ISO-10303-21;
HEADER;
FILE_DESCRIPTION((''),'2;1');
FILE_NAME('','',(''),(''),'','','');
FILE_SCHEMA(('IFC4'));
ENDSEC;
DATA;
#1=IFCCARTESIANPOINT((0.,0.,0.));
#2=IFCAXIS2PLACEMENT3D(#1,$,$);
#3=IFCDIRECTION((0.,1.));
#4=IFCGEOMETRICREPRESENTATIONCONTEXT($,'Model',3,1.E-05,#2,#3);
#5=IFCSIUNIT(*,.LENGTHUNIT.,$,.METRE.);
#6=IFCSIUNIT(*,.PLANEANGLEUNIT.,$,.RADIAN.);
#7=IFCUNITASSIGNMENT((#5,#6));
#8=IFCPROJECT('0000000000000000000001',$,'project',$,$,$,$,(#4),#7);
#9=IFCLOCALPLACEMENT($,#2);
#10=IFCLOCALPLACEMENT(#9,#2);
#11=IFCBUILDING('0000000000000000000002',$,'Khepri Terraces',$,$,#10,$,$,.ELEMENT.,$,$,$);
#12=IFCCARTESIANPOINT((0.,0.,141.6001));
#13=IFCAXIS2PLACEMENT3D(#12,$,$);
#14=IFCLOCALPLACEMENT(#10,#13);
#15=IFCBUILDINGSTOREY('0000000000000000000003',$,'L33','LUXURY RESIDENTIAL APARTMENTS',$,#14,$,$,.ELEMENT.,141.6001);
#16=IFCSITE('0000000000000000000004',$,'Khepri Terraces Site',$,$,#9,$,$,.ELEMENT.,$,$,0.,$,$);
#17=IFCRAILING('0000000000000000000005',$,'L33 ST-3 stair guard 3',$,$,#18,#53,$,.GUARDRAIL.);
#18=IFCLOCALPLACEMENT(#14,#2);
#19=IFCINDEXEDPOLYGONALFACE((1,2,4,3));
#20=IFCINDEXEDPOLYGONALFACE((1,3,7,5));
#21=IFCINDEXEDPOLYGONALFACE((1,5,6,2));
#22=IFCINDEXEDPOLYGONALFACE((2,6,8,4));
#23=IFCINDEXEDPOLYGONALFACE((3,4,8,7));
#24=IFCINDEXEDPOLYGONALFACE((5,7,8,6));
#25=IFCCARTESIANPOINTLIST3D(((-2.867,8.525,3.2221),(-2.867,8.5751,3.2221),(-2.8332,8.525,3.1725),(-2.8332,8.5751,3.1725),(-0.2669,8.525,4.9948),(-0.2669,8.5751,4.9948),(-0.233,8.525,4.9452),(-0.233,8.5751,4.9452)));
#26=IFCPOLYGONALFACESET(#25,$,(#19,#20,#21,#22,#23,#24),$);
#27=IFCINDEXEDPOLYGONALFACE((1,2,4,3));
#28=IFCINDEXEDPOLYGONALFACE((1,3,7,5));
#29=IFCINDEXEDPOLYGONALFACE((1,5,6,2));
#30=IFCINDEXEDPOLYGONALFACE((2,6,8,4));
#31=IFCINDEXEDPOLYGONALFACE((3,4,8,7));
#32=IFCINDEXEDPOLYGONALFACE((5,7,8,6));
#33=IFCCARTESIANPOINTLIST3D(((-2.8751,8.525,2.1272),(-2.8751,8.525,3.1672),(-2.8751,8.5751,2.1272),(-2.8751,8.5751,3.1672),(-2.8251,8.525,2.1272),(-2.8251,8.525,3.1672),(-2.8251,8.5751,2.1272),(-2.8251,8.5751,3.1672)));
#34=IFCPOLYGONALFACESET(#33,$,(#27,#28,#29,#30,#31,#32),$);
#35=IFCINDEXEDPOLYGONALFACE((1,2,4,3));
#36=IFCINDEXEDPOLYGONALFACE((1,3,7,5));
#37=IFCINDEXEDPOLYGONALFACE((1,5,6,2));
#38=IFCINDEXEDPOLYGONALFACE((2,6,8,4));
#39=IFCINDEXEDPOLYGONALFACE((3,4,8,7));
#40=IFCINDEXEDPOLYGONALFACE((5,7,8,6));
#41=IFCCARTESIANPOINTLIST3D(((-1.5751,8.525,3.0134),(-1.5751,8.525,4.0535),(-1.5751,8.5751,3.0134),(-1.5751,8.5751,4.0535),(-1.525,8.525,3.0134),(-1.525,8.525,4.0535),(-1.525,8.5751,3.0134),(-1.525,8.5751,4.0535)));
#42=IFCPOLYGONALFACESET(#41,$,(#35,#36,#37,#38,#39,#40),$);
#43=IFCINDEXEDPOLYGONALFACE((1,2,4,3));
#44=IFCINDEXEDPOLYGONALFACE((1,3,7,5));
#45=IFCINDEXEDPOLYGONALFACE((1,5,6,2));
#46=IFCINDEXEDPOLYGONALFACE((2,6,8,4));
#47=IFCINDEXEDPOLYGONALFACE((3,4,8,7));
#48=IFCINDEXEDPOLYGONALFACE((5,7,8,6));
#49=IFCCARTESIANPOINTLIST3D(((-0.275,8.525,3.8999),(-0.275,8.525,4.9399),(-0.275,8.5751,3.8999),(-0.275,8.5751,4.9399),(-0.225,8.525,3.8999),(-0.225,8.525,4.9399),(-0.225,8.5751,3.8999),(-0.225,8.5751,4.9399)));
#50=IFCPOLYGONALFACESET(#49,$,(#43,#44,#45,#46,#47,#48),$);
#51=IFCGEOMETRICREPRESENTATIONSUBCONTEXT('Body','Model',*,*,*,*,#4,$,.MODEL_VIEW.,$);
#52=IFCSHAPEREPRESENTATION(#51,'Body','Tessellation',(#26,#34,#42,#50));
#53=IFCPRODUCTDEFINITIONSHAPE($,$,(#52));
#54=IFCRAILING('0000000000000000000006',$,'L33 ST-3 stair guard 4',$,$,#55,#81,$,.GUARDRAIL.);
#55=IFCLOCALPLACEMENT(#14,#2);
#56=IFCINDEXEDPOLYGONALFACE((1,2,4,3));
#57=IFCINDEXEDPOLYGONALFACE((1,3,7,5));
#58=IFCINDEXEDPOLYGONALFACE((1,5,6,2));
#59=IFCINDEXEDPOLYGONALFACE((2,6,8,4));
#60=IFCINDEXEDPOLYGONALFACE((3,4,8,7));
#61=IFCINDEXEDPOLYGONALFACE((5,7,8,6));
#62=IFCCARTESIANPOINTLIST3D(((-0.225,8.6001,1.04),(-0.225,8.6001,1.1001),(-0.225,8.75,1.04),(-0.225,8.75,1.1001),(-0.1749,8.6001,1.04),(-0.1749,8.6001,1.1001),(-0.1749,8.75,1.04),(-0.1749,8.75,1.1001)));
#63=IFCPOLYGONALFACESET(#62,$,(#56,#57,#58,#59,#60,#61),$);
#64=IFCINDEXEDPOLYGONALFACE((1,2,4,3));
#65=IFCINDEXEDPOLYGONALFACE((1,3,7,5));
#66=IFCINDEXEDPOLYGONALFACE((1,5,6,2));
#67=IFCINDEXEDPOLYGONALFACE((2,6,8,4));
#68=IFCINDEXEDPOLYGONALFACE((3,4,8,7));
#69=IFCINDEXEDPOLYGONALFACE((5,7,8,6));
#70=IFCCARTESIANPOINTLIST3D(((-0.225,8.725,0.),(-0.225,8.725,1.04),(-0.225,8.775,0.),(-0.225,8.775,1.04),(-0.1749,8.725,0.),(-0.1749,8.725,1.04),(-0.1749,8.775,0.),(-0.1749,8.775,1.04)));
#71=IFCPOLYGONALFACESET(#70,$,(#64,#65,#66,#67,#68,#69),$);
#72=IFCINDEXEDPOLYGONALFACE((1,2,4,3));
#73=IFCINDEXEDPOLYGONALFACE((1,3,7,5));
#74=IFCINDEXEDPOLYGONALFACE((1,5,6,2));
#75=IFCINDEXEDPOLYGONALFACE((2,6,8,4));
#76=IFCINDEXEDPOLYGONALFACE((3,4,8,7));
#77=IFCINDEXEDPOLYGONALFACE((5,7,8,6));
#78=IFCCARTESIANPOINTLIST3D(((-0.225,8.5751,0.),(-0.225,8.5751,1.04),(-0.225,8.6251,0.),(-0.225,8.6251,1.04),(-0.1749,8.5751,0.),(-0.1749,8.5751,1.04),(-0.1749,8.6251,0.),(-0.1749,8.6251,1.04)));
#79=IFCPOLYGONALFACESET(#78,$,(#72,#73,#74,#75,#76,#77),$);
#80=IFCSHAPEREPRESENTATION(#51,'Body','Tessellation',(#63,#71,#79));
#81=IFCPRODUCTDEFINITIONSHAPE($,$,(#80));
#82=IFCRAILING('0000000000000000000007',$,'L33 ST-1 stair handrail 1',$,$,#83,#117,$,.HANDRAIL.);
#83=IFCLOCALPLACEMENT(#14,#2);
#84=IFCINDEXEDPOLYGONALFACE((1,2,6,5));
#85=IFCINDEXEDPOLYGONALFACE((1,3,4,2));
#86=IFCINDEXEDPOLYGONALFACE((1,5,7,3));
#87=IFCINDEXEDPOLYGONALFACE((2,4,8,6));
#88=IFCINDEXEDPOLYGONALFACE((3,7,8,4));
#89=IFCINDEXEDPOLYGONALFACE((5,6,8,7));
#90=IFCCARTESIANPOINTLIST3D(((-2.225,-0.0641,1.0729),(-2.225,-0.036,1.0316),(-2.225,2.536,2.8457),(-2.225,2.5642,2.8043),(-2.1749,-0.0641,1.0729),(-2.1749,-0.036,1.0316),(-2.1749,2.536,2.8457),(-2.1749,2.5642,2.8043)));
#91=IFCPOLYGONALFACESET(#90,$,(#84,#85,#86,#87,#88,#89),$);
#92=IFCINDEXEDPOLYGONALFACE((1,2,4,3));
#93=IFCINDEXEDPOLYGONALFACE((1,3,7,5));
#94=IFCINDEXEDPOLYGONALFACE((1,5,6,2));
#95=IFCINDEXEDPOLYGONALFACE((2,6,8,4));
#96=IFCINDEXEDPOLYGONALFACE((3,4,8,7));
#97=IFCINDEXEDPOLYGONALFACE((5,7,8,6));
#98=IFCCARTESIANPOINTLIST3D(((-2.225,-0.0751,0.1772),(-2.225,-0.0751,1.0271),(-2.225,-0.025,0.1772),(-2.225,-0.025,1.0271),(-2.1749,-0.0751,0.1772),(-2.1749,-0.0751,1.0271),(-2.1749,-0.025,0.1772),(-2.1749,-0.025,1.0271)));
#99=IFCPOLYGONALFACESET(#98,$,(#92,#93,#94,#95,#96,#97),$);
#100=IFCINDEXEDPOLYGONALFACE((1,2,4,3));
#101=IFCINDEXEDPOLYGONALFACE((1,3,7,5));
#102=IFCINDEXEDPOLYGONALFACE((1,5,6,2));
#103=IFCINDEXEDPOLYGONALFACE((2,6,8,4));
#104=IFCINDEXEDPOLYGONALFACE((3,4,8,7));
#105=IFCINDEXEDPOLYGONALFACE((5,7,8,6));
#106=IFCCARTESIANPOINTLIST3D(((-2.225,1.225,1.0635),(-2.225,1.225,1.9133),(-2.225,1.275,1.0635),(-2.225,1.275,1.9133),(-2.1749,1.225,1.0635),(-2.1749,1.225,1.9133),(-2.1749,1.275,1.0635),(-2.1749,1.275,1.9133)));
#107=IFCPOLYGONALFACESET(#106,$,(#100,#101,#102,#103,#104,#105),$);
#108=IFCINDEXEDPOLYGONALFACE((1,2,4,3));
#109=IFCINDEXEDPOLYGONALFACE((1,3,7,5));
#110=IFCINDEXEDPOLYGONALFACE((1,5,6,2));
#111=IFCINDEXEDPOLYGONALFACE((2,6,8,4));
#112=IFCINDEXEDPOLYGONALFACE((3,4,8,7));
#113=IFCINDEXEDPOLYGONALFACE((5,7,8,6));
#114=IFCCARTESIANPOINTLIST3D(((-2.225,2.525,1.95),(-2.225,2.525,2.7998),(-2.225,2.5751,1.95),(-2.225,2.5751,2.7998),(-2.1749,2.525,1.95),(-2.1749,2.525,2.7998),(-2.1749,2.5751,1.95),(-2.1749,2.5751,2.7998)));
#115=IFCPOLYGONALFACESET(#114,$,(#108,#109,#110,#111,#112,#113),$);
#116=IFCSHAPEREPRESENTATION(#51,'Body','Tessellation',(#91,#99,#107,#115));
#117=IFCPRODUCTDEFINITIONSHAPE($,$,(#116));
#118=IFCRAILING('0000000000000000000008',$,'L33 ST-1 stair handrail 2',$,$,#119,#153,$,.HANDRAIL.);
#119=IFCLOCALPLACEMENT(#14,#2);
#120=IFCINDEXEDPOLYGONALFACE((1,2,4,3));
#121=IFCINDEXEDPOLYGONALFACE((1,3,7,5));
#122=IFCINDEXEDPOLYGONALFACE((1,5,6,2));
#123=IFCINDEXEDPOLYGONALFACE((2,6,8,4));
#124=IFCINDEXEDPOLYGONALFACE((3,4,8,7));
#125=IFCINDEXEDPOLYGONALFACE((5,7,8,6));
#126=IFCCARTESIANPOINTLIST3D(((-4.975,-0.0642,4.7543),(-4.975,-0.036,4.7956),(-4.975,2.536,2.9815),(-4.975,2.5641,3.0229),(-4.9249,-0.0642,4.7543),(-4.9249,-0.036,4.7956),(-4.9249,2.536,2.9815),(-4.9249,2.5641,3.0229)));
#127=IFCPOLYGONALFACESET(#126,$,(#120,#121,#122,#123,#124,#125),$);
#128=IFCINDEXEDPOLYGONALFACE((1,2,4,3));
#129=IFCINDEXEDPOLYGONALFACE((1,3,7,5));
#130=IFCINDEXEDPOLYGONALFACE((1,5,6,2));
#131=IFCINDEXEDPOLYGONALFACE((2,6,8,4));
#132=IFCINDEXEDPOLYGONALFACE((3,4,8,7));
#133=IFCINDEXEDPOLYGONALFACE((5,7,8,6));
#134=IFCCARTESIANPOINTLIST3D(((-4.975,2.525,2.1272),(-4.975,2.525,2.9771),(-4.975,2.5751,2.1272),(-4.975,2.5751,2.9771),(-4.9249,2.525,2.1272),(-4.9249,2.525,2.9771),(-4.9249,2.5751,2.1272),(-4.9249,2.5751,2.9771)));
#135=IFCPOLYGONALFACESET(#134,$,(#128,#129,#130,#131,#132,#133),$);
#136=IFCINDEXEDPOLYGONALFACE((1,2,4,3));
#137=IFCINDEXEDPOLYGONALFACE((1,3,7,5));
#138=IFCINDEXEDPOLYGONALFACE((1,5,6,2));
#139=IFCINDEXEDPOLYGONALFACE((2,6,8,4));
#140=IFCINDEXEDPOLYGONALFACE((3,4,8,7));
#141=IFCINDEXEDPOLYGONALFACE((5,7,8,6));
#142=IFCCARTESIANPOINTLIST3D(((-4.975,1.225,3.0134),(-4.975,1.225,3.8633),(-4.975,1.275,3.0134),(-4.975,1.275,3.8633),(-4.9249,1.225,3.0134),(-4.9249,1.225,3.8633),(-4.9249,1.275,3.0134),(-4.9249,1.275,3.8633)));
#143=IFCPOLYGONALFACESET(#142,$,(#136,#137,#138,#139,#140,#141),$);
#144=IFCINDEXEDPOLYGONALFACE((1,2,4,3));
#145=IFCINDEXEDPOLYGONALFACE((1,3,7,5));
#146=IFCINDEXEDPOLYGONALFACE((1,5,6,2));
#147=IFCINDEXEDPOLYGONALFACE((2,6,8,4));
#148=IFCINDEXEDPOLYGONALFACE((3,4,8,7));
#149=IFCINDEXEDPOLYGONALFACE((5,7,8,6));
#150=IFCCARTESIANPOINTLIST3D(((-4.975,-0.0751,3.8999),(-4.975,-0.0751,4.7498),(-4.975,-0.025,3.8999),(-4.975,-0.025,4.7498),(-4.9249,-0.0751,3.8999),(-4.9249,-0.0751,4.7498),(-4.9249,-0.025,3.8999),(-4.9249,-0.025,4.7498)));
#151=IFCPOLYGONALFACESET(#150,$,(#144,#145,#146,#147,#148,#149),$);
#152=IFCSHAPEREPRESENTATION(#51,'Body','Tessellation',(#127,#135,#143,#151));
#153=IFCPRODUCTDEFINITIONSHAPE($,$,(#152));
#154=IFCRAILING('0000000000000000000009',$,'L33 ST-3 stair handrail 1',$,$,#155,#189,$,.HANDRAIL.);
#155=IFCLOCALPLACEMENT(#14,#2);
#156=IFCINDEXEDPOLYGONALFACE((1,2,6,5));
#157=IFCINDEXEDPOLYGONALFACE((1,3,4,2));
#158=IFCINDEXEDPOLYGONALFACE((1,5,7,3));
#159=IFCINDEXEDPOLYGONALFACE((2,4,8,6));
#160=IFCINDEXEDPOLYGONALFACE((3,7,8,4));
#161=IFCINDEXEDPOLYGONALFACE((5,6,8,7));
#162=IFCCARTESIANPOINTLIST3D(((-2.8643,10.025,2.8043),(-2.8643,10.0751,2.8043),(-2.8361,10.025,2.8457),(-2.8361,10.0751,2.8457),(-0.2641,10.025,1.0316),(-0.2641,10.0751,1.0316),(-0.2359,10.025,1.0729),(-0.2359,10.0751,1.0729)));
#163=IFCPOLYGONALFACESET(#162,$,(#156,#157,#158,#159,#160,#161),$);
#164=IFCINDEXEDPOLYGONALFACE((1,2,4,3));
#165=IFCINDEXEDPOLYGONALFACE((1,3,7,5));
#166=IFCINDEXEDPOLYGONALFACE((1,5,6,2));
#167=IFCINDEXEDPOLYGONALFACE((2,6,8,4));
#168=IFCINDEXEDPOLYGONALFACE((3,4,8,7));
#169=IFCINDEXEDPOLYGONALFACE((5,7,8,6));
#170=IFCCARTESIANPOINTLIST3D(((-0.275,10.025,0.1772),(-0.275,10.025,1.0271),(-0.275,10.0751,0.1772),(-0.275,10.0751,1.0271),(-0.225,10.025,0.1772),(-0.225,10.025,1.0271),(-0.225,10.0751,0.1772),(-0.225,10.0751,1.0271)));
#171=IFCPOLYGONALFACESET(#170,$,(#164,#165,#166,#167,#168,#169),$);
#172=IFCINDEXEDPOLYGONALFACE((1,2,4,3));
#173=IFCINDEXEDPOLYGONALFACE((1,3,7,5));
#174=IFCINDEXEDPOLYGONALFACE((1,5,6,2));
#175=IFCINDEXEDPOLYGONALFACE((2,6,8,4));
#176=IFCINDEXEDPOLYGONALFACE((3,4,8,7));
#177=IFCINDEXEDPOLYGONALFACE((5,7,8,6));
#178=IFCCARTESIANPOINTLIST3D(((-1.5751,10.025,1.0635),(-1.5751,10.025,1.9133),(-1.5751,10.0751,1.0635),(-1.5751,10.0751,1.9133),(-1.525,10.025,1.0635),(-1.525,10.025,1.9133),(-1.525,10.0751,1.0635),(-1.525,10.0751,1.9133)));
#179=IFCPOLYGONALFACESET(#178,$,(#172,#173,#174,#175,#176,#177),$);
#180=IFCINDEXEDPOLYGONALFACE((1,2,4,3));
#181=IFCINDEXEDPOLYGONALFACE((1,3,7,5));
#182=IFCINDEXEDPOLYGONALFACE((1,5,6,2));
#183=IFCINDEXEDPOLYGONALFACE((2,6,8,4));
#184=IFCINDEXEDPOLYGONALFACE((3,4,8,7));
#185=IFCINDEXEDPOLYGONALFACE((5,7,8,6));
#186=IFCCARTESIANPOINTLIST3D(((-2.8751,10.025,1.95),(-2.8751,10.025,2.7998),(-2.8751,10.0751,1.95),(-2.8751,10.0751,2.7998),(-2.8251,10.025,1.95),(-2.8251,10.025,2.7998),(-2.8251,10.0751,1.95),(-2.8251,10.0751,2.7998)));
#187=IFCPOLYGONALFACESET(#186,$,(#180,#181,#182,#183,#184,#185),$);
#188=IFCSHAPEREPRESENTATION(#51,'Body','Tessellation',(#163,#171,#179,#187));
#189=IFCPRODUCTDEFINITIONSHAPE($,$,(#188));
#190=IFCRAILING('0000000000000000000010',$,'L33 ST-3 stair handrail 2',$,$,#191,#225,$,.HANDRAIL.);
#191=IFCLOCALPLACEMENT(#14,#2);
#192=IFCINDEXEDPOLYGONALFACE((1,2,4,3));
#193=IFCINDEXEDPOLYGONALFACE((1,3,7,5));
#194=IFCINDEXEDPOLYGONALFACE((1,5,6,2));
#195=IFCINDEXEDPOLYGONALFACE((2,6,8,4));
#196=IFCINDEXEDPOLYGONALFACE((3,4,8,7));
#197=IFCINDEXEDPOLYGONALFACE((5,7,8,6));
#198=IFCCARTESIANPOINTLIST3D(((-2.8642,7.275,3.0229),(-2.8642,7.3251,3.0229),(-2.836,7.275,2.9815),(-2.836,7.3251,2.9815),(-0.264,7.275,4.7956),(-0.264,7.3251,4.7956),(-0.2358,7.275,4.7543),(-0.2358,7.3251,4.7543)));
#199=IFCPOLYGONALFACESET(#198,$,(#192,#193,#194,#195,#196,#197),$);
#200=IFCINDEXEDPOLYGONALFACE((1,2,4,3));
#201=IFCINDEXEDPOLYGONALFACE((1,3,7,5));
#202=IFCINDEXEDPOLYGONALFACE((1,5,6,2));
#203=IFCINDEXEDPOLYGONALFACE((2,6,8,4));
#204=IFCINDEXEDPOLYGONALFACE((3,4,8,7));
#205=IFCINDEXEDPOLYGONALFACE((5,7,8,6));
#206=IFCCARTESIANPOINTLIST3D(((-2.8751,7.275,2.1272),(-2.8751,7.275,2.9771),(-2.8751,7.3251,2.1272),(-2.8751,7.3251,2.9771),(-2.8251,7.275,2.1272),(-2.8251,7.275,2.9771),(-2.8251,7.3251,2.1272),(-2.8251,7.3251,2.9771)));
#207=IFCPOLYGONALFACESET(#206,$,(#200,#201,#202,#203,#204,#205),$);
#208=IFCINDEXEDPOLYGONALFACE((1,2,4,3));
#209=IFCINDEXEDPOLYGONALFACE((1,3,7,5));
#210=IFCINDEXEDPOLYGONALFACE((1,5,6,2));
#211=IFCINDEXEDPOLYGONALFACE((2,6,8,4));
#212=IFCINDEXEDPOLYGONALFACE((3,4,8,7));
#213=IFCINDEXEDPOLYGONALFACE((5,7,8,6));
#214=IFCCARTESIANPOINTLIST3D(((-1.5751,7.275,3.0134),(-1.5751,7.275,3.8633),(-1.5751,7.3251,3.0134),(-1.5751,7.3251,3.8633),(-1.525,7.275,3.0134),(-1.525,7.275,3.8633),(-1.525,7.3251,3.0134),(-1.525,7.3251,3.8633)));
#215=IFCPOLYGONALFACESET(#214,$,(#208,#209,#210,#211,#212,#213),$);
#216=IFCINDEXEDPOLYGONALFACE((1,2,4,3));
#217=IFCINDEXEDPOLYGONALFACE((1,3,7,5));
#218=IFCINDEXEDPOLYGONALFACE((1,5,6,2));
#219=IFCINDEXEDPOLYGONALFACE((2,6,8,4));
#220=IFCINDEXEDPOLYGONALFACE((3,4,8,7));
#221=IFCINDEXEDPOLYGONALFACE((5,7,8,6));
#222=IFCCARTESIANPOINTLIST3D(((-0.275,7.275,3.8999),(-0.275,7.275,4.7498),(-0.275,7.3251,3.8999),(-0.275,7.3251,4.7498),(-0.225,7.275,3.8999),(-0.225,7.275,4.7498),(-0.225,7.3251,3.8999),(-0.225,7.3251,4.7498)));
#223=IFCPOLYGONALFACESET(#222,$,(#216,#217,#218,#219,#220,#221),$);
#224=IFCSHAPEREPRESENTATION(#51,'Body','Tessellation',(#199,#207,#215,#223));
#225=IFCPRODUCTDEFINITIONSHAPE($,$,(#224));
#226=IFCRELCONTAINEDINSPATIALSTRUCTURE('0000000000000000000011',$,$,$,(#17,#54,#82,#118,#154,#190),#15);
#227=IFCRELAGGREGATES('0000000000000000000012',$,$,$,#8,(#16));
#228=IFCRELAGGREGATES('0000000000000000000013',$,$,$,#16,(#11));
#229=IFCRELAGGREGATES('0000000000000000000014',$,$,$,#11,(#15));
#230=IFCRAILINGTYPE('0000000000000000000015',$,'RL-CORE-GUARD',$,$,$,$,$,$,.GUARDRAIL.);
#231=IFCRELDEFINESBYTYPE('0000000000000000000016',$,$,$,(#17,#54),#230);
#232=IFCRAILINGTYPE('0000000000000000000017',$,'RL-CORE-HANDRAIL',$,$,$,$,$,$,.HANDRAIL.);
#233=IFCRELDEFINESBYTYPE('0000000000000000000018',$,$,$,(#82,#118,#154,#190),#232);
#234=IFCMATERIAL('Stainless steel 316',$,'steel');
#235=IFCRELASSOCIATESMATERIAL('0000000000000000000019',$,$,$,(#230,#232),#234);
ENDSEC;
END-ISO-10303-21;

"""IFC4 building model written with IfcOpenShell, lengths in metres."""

from ifc_helpers import new_model, si_unit, direction, frame, origin, origin_2d, place, context, subcontext, project, spatial, rectangle, extrude, material, type_object, element, save


model = new_model("IFC4")

# Units and contexts
model_context = context("Model", 3, precision=1e-05, world=origin(), true_north=direction((0.0, 1.0)))
body_context = subcontext(model_context, "Body", "Model", "MODEL_VIEW")
ifc_project = project(units=[si_unit("LENGTHUNIT", "METRE"), si_unit("PLANEANGLEUNIT", "RADIAN")], contexts=[model_context])

# Site, building, storey
site_placement = place(None, origin())
site = spatial("IfcSite", under=ifc_project, at=site_placement, Name="Khepri Terraces Site", CompositionType="ELEMENT", RefElevation=0.0)
building_placement = place(site_placement, origin())
building = spatial("IfcBuilding", under=site, at=building_placement, Name="Khepri Terraces", CompositionType="ELEMENT")
storey_placement = place(building_placement, frame((0.0, 0.0, 141.6001)))
storey = spatial("IfcBuildingStorey", under=building, at=storey_placement, Name="L33", Description="LUXURY RESIDENTIAL APARTMENTS", CompositionType="ELEMENT", Elevation=141.6001)

# Railings
ifc_material_1 = material(Name="Stainless steel 316", Category="steel")
railing_type_1 = type_object("IfcRailingType", Name="RL-CORE-GUARD", PredefinedType="GUARDRAIL", material=ifc_material_1)
railing_1_placement = place(storey_placement, frame((-2.8501, 8.55, 2.1272)))
element("IfcRailing", 1, at=railing_1_placement, inside=storey, type_object=railing_type_1, Name="L33 ST-3 stair guard 3", PredefinedType="GUARDRAIL", context=body_context, shape_type="SweptSolid", body=[
    extrude(rectangle(XDim=0.05, YDim=0.0601, at=origin_2d()), frame((0.0, 0.0, 1.0701), z_axis=(0.82624, 0.0, 0.563318), x_axis=(0.0, 1.0, 0.0)), (0.0, 0.0, 1.0), 3.147),
    extrude(rectangle(XDim=0.05, YDim=0.05, at=origin_2d()), origin(), (0.0, 0.0, 1.0), 1.04),
    extrude(rectangle(XDim=0.05, YDim=0.05, at=origin_2d()), frame((1.3, 0.0, 0.8862)), (0.0, 0.0, 1.0), 1.04),
    extrude(rectangle(XDim=0.05, YDim=0.05, at=origin_2d()), frame((2.6001, 0.0, 1.7727)), (0.0, 0.0, 1.0), 1.04),
])
railing_2_placement = place(storey_placement, frame((-0.2, 8.75, 0.0)))
element("IfcRailing", 2, at=railing_2_placement, inside=storey, type_object=railing_type_1, Name="L33 ST-3 stair guard 4", PredefinedType="GUARDRAIL", context=body_context, shape_type="SweptSolid", body=[
    extrude(rectangle(XDim=0.05, YDim=0.0601, at=origin_2d()), frame((0.0, 0.0, 1.0701), z_axis=(0.0, -1.0, 0.0), x_axis=(1.0, 0.0, 0.0)), (0.0, 0.0, 1.0), 0.1499),
    extrude(rectangle(XDim=0.05, YDim=0.05, at=origin_2d()), origin(), (0.0, 0.0, 1.0), 1.04),
    extrude(rectangle(XDim=0.05, YDim=0.05, at=origin_2d()), frame((0.0, -0.1499, 0.0)), (0.0, 0.0, 1.0), 1.04),
])
railing_type_2 = type_object("IfcRailingType", Name="RL-CORE-HANDRAIL", PredefinedType="HANDRAIL", material=ifc_material_1)
railing_3_placement = place(storey_placement, frame((-2.2, -0.05, 0.1772)))
element("IfcRailing", 3, at=railing_3_placement, inside=storey, type_object=railing_type_2, Name="L33 ST-1 stair handrail 1", PredefinedType="HANDRAIL", context=body_context, shape_type="SweptSolid", body=[
    extrude(rectangle(XDim=0.05, YDim=0.05, at=origin_2d()), frame((0.0, 0.0, 0.875), z_axis=(0.0, 0.82624, 0.563318), x_axis=(-1.0, 0.0, 0.0)), (0.0, 0.0, 1.0), 3.147),
    extrude(rectangle(XDim=0.05, YDim=0.05, at=origin_2d()), origin(), (0.0, 0.0, 1.0), 0.8499),
    extrude(rectangle(XDim=0.05, YDim=0.05, at=origin_2d()), frame((0.0, 1.3, 0.8862)), (0.0, 0.0, 1.0), 0.8499),
    extrude(rectangle(XDim=0.05, YDim=0.05, at=origin_2d()), frame((0.0, 2.6001, 1.7727)), (0.0, 0.0, 1.0), 0.8499),
])
railing_4_placement = place(storey_placement, frame((-4.95, 2.55, 2.1272)))
element("IfcRailing", 4, at=railing_4_placement, inside=storey, type_object=railing_type_2, Name="L33 ST-1 stair handrail 2", PredefinedType="HANDRAIL", context=body_context, shape_type="SweptSolid", body=[
    extrude(rectangle(XDim=0.05, YDim=0.05, at=origin_2d()), frame((0.0, 0.0, 0.875), z_axis=(0.0, -0.82624, 0.563318), x_axis=(1.0, 0.0, 0.0)), (0.0, 0.0, 1.0), 3.147),
    extrude(rectangle(XDim=0.05, YDim=0.05, at=origin_2d()), origin(), (0.0, 0.0, 1.0), 0.8499),
    extrude(rectangle(XDim=0.05, YDim=0.05, at=origin_2d()), frame((0.0, -1.3, 0.8862)), (0.0, 0.0, 1.0), 0.8499),
    extrude(rectangle(XDim=0.05, YDim=0.05, at=origin_2d()), frame((0.0, -2.6001, 1.7727)), (0.0, 0.0, 1.0), 0.8499),
])
railing_5_placement = place(storey_placement, frame((-0.25, 10.05, 0.1772)))
element("IfcRailing", 5, at=railing_5_placement, inside=storey, type_object=railing_type_2, Name="L33 ST-3 stair handrail 1", PredefinedType="HANDRAIL", context=body_context, shape_type="SweptSolid", body=[
    extrude(rectangle(XDim=0.05, YDim=0.05, at=origin_2d()), frame((0.0, 0.0, 0.875), z_axis=(-0.82624, 0.0, 0.563318), x_axis=(0.0, -1.0, 0.0)), (0.0, 0.0, 1.0), 3.147),
    extrude(rectangle(XDim=0.05, YDim=0.05, at=origin_2d()), origin(), (0.0, 0.0, 1.0), 0.8499),
    extrude(rectangle(XDim=0.05, YDim=0.05, at=origin_2d()), frame((-1.3, 0.0, 0.8862)), (0.0, 0.0, 1.0), 0.8499),
    extrude(rectangle(XDim=0.05, YDim=0.05, at=origin_2d()), frame((-2.6001, 0.0, 1.7727)), (0.0, 0.0, 1.0), 0.8499),
])
railing_6_placement = place(storey_placement, frame((-2.8501, 7.3, 2.1272)))
element("IfcRailing", 6, at=railing_6_placement, inside=storey, type_object=railing_type_2, Name="L33 ST-3 stair handrail 2", PredefinedType="HANDRAIL", context=body_context, shape_type="SweptSolid", body=[
    extrude(rectangle(XDim=0.05, YDim=0.05, at=origin_2d()), frame((0.0, 0.0, 0.875), z_axis=(0.82624, 0.0, 0.563318), x_axis=(0.0, 1.0, 0.0)), (0.0, 0.0, 1.0), 3.147),
    extrude(rectangle(XDim=0.05, YDim=0.05, at=origin_2d()), origin(), (0.0, 0.0, 1.0), 0.8499),
    extrude(rectangle(XDim=0.05, YDim=0.05, at=origin_2d()), frame((1.3, 0.0, 0.8862)), (0.0, 0.0, 1.0), 0.8499),
    extrude(rectangle(XDim=0.05, YDim=0.05, at=origin_2d()), frame((2.6001, 0.0, 1.7727)), (0.0, 0.0, 1.0), 0.8499),
])

save(model, "model.ifc")
